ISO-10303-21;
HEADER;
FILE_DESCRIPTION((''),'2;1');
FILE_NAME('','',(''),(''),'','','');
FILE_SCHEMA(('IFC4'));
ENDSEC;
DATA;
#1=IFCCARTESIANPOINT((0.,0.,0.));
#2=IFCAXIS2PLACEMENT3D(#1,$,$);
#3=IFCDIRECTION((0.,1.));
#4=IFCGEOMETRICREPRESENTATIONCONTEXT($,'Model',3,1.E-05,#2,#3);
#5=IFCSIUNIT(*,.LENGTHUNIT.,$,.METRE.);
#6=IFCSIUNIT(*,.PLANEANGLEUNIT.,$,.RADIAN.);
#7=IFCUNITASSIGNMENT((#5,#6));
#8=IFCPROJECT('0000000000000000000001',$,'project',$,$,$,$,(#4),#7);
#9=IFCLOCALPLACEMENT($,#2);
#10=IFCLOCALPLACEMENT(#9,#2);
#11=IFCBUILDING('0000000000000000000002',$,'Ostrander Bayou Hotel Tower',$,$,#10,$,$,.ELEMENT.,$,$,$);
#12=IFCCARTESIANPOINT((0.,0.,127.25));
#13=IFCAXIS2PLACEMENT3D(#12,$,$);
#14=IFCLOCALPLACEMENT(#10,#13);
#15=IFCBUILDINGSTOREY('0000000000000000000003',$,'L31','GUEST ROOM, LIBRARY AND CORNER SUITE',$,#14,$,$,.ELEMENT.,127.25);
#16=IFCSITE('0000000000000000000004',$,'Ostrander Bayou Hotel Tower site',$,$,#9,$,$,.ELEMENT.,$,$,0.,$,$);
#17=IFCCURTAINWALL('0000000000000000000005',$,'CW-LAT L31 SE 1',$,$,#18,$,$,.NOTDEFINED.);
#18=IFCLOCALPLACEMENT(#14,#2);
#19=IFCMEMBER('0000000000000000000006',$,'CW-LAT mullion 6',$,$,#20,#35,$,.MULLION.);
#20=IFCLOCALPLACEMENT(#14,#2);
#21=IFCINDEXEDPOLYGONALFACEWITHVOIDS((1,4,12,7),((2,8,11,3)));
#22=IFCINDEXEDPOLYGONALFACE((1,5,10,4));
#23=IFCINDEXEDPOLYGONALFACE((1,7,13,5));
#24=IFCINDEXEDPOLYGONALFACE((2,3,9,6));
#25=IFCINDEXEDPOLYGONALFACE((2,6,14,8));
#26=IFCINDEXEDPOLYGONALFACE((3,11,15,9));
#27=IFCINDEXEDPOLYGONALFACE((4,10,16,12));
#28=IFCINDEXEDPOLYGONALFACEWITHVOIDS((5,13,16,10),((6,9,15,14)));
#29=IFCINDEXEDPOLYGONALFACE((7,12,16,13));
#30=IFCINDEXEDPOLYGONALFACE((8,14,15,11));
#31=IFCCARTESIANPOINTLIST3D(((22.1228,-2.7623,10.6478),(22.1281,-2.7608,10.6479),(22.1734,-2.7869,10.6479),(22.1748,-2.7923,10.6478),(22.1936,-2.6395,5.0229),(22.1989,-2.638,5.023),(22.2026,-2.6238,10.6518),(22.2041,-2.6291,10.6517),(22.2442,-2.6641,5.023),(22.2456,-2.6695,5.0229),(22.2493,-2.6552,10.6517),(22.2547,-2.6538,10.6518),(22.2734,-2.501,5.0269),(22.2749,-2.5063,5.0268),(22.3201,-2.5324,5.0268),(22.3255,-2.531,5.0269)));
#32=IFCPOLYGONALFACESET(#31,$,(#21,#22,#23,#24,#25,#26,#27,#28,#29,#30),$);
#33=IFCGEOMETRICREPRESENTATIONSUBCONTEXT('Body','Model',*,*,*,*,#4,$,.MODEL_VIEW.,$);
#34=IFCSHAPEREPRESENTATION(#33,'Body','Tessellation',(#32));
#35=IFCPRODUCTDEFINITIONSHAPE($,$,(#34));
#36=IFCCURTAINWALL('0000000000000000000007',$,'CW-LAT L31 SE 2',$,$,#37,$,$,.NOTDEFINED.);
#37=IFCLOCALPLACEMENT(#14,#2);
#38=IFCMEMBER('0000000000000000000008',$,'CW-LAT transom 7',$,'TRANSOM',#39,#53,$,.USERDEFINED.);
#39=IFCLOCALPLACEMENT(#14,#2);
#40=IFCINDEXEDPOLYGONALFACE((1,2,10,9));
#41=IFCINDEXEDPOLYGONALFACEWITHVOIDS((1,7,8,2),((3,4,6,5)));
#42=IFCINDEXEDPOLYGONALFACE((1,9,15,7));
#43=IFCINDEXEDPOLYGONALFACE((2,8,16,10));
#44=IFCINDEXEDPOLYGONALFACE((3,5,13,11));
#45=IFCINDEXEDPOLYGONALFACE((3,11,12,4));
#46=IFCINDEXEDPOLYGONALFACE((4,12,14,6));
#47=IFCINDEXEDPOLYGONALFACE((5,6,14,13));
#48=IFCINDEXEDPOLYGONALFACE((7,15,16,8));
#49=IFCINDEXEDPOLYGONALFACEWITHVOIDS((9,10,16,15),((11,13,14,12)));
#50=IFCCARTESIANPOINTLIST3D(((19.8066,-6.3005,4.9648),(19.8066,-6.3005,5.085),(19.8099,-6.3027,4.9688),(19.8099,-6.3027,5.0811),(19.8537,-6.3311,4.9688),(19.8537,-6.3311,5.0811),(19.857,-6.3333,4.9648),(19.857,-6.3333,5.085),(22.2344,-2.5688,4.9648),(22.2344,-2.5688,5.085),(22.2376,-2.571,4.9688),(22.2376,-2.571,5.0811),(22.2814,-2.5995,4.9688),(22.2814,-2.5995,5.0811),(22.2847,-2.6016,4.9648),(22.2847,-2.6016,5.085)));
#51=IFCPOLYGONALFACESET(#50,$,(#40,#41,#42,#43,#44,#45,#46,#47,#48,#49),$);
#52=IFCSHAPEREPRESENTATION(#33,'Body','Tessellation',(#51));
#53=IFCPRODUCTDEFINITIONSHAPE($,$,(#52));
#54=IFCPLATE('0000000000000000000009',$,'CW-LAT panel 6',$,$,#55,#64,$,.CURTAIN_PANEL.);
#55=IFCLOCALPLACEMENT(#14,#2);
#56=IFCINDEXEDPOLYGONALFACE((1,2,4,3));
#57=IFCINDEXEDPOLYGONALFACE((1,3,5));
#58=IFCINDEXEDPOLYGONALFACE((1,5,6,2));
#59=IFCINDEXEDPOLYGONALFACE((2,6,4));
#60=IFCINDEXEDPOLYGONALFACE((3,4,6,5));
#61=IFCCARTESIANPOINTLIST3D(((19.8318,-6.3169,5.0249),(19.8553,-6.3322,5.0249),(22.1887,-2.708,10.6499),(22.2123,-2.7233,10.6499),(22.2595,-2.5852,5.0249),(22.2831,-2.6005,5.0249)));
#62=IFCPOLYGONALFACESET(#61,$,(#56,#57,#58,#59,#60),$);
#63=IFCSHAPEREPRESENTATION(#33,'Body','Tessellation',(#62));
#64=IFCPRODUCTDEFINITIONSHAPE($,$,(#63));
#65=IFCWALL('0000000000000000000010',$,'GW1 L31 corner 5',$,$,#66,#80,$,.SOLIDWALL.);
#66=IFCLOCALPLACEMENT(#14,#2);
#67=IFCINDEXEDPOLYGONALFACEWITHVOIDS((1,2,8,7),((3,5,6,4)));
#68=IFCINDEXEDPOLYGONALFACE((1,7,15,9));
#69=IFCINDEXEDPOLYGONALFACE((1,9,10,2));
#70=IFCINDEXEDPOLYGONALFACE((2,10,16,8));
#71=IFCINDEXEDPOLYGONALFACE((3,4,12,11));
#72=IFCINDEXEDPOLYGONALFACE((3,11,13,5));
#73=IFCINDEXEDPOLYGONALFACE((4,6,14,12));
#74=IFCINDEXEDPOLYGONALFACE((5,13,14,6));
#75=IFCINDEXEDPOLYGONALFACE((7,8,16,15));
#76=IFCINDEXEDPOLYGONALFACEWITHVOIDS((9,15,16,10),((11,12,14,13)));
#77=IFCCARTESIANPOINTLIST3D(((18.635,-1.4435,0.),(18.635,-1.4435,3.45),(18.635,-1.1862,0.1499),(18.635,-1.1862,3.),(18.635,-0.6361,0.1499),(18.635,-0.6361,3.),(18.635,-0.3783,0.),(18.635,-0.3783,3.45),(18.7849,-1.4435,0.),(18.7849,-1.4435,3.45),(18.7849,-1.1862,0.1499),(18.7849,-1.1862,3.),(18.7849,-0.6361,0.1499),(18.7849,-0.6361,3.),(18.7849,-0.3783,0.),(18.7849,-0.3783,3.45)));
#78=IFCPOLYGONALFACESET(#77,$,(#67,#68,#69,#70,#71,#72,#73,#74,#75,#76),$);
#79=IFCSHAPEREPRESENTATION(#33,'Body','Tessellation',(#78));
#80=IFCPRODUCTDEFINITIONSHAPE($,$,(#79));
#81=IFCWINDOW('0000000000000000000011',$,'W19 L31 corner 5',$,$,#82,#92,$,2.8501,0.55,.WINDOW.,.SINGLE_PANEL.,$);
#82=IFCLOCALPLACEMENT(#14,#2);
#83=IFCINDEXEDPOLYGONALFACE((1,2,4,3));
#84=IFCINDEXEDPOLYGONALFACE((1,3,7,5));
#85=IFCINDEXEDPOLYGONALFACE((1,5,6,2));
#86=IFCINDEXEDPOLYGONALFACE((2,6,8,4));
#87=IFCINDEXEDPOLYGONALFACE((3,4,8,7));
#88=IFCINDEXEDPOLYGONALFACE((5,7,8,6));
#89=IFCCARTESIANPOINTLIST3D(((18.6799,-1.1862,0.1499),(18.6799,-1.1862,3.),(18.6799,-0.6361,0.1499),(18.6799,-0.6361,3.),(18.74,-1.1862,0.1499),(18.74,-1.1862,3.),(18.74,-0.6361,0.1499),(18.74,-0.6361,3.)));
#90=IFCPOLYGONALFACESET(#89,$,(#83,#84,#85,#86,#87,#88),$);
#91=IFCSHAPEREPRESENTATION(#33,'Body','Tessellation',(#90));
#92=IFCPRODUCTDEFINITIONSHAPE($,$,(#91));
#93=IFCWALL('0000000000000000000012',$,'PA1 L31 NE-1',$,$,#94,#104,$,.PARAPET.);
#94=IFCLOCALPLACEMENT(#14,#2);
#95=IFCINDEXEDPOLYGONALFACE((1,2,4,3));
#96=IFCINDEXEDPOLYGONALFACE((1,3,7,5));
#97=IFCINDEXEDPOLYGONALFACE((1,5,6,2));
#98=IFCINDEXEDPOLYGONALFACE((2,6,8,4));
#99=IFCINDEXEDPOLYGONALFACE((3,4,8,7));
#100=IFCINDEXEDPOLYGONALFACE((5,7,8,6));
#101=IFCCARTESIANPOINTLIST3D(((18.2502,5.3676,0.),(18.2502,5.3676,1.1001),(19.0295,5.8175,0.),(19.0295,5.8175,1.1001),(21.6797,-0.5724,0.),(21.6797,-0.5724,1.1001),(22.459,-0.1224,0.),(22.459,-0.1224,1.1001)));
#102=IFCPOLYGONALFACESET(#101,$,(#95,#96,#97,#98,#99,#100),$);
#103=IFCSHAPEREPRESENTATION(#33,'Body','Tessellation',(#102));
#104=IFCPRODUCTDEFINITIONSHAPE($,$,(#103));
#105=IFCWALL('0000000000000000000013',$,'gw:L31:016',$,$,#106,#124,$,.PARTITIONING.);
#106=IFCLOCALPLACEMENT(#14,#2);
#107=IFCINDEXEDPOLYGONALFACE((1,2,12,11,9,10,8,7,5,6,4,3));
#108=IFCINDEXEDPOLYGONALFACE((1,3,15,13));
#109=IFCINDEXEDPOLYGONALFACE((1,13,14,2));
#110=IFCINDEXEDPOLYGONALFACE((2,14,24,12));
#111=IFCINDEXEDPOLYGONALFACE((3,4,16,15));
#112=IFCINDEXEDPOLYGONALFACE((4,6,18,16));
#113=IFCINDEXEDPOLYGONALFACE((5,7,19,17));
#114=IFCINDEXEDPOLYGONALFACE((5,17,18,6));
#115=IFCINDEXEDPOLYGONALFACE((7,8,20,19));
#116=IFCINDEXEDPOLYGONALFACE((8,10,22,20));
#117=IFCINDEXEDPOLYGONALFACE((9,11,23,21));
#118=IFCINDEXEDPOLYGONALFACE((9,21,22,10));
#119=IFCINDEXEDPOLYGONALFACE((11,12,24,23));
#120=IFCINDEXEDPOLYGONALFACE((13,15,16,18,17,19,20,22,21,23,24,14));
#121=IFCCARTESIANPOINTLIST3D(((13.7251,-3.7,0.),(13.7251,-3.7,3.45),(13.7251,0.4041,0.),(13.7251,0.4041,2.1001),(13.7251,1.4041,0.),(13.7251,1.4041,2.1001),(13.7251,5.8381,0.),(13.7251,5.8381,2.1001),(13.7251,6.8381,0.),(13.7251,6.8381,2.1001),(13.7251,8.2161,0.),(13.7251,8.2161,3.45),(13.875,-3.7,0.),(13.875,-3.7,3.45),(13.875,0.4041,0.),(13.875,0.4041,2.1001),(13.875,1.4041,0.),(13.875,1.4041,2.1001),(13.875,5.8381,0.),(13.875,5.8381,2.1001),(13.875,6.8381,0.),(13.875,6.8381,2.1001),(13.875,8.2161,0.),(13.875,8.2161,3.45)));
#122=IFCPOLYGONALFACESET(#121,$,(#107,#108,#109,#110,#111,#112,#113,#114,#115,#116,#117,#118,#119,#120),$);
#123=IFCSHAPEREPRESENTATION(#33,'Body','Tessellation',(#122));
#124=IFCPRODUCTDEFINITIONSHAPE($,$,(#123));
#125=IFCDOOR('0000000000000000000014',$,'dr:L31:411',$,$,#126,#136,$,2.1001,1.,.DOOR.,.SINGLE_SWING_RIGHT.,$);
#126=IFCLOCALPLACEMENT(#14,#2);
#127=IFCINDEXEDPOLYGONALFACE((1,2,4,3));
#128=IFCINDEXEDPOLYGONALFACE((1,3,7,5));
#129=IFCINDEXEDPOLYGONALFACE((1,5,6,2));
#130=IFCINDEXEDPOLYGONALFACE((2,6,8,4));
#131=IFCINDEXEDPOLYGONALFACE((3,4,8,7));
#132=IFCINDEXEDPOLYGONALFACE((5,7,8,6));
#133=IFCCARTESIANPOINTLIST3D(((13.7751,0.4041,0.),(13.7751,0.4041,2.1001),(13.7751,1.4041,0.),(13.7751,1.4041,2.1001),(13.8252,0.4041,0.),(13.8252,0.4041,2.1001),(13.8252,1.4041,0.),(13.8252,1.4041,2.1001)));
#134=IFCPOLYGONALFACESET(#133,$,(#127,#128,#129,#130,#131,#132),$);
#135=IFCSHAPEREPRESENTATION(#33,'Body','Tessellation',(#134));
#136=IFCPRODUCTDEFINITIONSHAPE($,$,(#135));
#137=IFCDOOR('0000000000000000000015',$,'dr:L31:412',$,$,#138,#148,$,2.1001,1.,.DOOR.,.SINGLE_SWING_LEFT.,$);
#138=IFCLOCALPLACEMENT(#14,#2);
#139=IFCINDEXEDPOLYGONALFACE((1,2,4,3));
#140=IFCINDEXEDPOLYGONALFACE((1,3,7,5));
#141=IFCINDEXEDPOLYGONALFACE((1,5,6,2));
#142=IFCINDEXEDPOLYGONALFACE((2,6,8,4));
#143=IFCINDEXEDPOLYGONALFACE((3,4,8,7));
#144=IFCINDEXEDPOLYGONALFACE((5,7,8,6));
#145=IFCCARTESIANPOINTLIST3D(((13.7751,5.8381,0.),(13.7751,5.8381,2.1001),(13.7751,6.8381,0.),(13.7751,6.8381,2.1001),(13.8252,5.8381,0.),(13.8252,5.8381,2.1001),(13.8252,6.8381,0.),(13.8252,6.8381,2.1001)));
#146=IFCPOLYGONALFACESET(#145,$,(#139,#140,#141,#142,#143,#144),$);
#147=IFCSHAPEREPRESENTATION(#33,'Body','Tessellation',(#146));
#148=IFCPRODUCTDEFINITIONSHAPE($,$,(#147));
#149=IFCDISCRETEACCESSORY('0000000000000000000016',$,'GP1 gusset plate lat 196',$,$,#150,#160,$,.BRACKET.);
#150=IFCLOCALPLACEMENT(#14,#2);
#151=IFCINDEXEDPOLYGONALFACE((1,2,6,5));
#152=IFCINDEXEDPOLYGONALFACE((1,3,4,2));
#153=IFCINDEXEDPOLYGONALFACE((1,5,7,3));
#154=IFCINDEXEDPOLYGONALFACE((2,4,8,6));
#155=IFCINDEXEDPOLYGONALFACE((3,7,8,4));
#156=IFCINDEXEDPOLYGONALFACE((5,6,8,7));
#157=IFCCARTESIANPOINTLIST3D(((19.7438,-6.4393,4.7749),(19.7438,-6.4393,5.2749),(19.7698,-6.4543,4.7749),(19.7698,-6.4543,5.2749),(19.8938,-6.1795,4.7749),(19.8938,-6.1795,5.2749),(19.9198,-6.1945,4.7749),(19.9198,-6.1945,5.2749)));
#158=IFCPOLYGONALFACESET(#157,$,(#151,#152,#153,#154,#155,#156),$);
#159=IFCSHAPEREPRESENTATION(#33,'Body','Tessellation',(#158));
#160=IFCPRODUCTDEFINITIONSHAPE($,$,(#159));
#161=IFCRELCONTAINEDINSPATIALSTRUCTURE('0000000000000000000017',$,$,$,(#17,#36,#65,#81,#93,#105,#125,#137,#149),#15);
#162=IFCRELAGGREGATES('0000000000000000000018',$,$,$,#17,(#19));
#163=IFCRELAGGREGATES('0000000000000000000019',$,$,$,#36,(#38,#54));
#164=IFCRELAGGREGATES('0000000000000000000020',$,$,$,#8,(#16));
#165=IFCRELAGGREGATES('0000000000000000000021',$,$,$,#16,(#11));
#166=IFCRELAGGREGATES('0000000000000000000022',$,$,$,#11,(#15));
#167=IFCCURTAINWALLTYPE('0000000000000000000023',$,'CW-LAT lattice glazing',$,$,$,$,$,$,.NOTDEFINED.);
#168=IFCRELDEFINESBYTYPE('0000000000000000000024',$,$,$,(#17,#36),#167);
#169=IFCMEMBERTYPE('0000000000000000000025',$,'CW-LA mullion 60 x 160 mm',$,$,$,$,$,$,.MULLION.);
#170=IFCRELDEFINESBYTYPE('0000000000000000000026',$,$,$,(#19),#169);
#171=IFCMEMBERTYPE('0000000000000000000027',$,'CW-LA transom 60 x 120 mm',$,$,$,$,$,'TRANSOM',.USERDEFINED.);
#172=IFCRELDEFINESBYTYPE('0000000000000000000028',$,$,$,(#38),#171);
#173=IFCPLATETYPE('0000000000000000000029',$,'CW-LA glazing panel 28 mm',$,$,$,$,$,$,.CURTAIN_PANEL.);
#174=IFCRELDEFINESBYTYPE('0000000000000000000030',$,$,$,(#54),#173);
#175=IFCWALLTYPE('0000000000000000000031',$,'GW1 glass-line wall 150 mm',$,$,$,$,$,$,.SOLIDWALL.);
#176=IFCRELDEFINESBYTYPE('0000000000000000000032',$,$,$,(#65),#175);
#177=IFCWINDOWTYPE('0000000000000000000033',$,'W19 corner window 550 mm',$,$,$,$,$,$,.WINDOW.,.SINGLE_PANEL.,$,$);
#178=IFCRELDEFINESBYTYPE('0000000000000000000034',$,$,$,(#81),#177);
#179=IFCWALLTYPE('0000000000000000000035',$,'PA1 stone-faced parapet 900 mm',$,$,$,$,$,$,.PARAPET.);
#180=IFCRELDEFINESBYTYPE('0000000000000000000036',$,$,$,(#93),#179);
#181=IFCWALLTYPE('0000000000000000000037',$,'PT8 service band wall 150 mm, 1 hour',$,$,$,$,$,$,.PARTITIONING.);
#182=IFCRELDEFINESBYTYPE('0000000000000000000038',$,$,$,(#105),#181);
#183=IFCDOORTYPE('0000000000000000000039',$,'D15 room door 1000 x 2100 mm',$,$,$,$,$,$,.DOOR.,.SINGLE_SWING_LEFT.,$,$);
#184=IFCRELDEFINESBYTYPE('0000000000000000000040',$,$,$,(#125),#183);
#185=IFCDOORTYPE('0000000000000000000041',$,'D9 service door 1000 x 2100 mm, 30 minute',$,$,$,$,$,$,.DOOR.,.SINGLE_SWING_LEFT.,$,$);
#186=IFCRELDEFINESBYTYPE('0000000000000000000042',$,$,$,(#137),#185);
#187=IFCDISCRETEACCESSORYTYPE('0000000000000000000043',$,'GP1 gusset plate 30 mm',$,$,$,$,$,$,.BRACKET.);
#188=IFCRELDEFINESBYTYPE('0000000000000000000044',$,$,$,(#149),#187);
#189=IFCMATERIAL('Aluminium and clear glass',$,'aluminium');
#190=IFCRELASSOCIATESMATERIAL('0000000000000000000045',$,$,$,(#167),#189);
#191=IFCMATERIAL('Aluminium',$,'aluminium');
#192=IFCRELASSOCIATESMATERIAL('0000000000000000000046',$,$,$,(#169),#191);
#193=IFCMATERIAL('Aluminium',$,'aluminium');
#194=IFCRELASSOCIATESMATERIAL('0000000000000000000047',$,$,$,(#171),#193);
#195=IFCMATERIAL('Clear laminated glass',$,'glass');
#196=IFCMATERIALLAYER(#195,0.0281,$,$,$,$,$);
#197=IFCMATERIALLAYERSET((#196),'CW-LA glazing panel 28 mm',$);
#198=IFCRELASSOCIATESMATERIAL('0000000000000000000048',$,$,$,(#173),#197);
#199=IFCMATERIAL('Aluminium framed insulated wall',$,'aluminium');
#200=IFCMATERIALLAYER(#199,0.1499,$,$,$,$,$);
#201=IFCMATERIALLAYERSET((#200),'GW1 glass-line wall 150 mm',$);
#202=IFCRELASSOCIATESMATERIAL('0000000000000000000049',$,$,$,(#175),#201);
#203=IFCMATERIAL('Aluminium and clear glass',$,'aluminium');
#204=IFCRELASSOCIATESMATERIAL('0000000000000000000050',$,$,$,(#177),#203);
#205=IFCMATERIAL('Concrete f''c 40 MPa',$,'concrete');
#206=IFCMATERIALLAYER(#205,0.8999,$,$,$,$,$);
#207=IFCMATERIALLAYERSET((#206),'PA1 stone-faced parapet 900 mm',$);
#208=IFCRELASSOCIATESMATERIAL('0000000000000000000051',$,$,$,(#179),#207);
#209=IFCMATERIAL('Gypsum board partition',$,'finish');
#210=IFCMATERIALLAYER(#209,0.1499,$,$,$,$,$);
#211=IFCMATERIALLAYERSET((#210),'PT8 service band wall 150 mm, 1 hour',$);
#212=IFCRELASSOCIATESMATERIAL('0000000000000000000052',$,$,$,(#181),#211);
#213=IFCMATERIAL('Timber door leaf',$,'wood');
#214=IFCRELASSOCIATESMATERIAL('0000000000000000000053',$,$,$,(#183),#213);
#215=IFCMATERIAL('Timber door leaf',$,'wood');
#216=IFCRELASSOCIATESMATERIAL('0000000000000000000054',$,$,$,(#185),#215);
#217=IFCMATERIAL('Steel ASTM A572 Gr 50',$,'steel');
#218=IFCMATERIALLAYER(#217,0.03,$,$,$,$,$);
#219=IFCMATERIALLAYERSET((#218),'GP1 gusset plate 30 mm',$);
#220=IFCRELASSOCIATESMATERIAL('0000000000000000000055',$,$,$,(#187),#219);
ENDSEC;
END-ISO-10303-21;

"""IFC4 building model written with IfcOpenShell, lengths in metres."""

from ifc_helpers import new_model, si_unit, direction, frame, frame_2d, origin, origin_2d, place, context, subcontext, project, spatial, polyline, rectangle, hollow_rectangle, outline, extrude, material, layer, layer_set, material_profile, profile_set, type_object, element, fill, aggregate, save


model = new_model("IFC4")

# Units and contexts
model_context = context("Model", 3, precision=1e-05, world=origin(), true_north=direction((0.0, 1.0)))
body_context = subcontext(model_context, "Body", "Model", "MODEL_VIEW")
ifc_project = project(units=[si_unit("LENGTHUNIT", "METRE"), si_unit("PLANEANGLEUNIT", "RADIAN")], contexts=[model_context])

# Site, building, storey
site_placement = place(None, origin())
site = spatial("IfcSite", under=ifc_project, at=site_placement, Name="Ostrander Bayou Hotel Tower site", CompositionType="ELEMENT", RefElevation=0.0)
building_placement = place(site_placement, origin())
building = spatial("IfcBuilding", under=site, at=building_placement, Name="Ostrander Bayou Hotel Tower", CompositionType="ELEMENT")
storey_placement = place(building_placement, frame((0.0, 0.0, 127.25)))
storey = spatial("IfcBuildingStorey", under=building, at=storey_placement, Name="L31", Description="GUEST ROOM, LIBRARY AND CORNER SUITE", CompositionType="ELEMENT", Elevation=127.25)

# Curtain wall, member
ifc_material_1 = material(Name="Aluminium and clear glass", Category="aluminium")
curtain_wall_type = type_object("IfcCurtainWallType", Name="CW-LAT lattice glazing", PredefinedType="NOTDEFINED", material=ifc_material_1)
curtain_wall_1_placement = place(storey_placement, origin())
curtain_wall_1 = element("IfcCurtainWall", 1, at=curtain_wall_1_placement, inside=storey, type_object=curtain_wall_type, Name="CW-LAT L31 SE 1", PredefinedType="NOTDEFINED")
ifc_material_2 = material(Name="Aluminium", Category="aluminium")
ifc_material_profile_1 = material_profile(ifc_material_2, hollow_rectangle(XDim=0.0601, YDim=0.1599, WallThickness=0.0039, at=origin_2d()))
ifc_profile_set_1 = profile_set([ifc_material_profile_1], Name="Aluminium")
member_type_1 = type_object("IfcMemberType", Name="CW-LA mullion 60 x 160 mm", PredefinedType="MULLION", material=ifc_profile_set_1)
member_1_placement = place(storey_placement, frame((22.2595, -2.5852, 5.0249), z_axis=(-0.012583, -0.021825, 0.999683), x_axis=(0.866329, -0.499474, 0.0)))
member_1 = element("IfcMember", 2, at=member_1_placement, type_object=member_type_1, Name="CW-LAT mullion 6", PredefinedType="MULLION", context=body_context, shape_type="SweptSolid", body=[
    extrude(hollow_rectangle(XDim=0.0601, YDim=0.1599, WallThickness=0.0039, at=origin_2d()), origin(), (0.0, 0.0, 1.0), 5.6267),
])
aggregate(curtain_wall_1, [member_1])

# Curtain wall, member, plate
curtain_wall_2_placement = place(storey_placement, origin())
curtain_wall_2 = element("IfcCurtainWall", 3, at=curtain_wall_2_placement, inside=storey, type_object=curtain_wall_type, Name="CW-LAT L31 SE 2", PredefinedType="NOTDEFINED")
ifc_material_3 = material(Name="Aluminium", Category="aluminium")
ifc_material_profile_2 = material_profile(ifc_material_3, hollow_rectangle(XDim=0.0601, YDim=0.1201, WallThickness=0.0039, at=origin_2d()))
ifc_profile_set_2 = profile_set([ifc_material_profile_2], Name="Aluminium")
member_type_2 = type_object("IfcMemberType", Name="CW-LA transom 60 x 120 mm", ElementType="TRANSOM", PredefinedType="USERDEFINED", material=ifc_profile_set_2)
member_2_placement = place(storey_placement, frame((22.2595, -2.5852, 5.0249), z_axis=(-0.545326, -0.838224, 0.0), x_axis=(0.838224, -0.545326, 0.0)))
member_2 = element("IfcMember", 4, at=member_2_placement, type_object=member_type_2, Name="CW-LAT transom 7", ObjectType="TRANSOM", PredefinedType="USERDEFINED", context=body_context, shape_type="SweptSolid", body=[
    extrude(hollow_rectangle(XDim=0.0601, YDim=0.1201, WallThickness=0.0039, at=origin_2d()), origin(), (0.0, 0.0, 1.0), 4.4519),
])
ifc_material_4 = material(Name="Clear laminated glass", Category="glass")
ifc_layer_1 = layer(ifc_material_4, 0.0281)
ifc_layer_set_1 = layer_set([ifc_layer_1], Name="CW-LA glazing panel 28 mm")
plate_type = type_object("IfcPlateType", Name="CW-LA glazing panel 28 mm", PredefinedType="CURTAIN_PANEL", material=ifc_layer_set_1)
plate_placement = place(storey_placement, frame((19.8318, -6.3169, 5.0249), z_axis=(-0.838224, 0.545325, 0.001355), x_axis=(0.33259, 0.509255, 0.793752)))
plate = element("IfcPlate", 5, at=plate_placement, type_object=plate_type, Name="CW-LAT panel 6", PredefinedType="CURTAIN_PANEL", context=body_context, shape_type="SweptSolid", body=[
    extrude(outline(polyline([(0.0, 0.0), (7.0866, 0.0), (2.7078, 3.5337), (0.0, 0.0)])), origin(), (0.0, 0.0, -1.0), 0.0281),
])
aggregate(curtain_wall_2, [member_2, plate])

# Shared definitions
ifc_material_5 = material(Name="Aluminium framed insulated wall", Category="aluminium")
ifc_layer_2 = layer(ifc_material_5, 0.1499)
ifc_layer_set_2 = layer_set([ifc_layer_2], Name="GW1 glass-line wall 150 mm")
wall_type_1 = type_object("IfcWallType", Name="GW1 glass-line wall 150 mm", PredefinedType="SOLIDWALL", material=ifc_layer_set_2)

# Wall, opening, window
wall_1_placement = place(storey_placement, frame((18.71, -1.4436, 0.0), z_axis=(0.0, 0.0, 1.0), x_axis=(0.0, 1.0, 0.0)))
wall_1 = element("IfcWall", 6, at=wall_1_placement, inside=storey, type_object=wall_type_1, Name="GW1 L31 corner 5", PredefinedType="SOLIDWALL", context=body_context, shape_type="SweptSolid", body=[
    extrude(rectangle(XDim=1.0652, YDim=0.1499, at=frame_2d((0.5327, 0.0))), origin(), (0.0, 0.0, 1.0), 3.45),
])
opening_1_placement = place(wall_1_placement, frame((0.2576, 0.0, 0.1499)))
opening_1 = element("IfcOpeningElement", 7, at=opening_1_placement, cuts=wall_1, PredefinedType="OPENING", context=body_context, shape_type="SweptSolid", body=[
    extrude(rectangle(XDim=0.55, YDim=2.8501, at=frame_2d((0.2749, 1.425))), frame((0.0, 0.075, 0.0), z_axis=(0.0, -1.0, 0.0), x_axis=(1.0, 0.0, 0.0)), (0.0, 0.0, 1.0), 0.1499),
])
ifc_material_6 = material(Name="Aluminium and clear glass", Category="aluminium")
window_type_1 = type_object("IfcWindowType", Name="W19 corner window 550 mm", PartitioningType="SINGLE_PANEL", PredefinedType="WINDOW", material=ifc_material_6)
window_1_placement = place(opening_1_placement, origin())
window_1 = element("IfcWindow", 8, at=window_1_placement, inside=storey, type_object=window_type_1, Name="W19 L31 corner 5", OverallHeight=2.8501, OverallWidth=0.55, PartitioningType="SINGLE_PANEL", PredefinedType="WINDOW", context=body_context, shape_type="SweptSolid", body=[
    extrude(rectangle(XDim=0.55, YDim=2.8501, at=frame_2d((0.2749, 1.425))), frame((0.0, 0.03, 0.0), z_axis=(0.0, -1.0, 0.0), x_axis=(1.0, 0.0, 0.0)), (0.0, 0.0, 1.0), 0.0601),
])
fill(opening_1, window_1)

# Wall
ifc_material_7 = material(Name="Concrete f'c 40 MPa", Category="concrete")
ifc_layer_3 = layer(ifc_material_7, 0.8999)
ifc_layer_set_3 = layer_set([ifc_layer_3], Name="PA1 stone-faced parapet 900 mm")
wall_type_2 = type_object("IfcWallType", Name="PA1 stone-faced parapet 900 mm", PredefinedType="PARAPET", material=ifc_layer_set_3)
wall_2_placement = place(storey_placement, frame((22.0693, -0.3474, 0.0), z_axis=(0.0, 0.0, 1.0), x_axis=(-0.500002, 0.866024, 0.0)))
element("IfcWall", 9, at=wall_2_placement, inside=storey, type_object=wall_type_2, Name="PA1 L31 NE-1", PredefinedType="PARAPET", context=body_context, shape_type="SweptSolid", body=[
    extrude(rectangle(XDim=6.8589, YDim=0.8999, at=frame_2d((3.4294, 0.0))), origin(), (0.0, 0.0, 1.0), 1.1001),
])

# Wall, openings, doors
ifc_material_8 = material(Name="Gypsum board partition", Category="finish")
ifc_layer_4 = layer(ifc_material_8, 0.1499)
ifc_layer_set_4 = layer_set([ifc_layer_4], Name="PT8 service band wall 150 mm, 1 hour")
wall_type_3 = type_object("IfcWallType", Name="PT8 service band wall 150 mm, 1 hour", PredefinedType="PARTITIONING", material=ifc_layer_set_4)
wall_3_placement = place(storey_placement, frame((13.8, -3.7, 0.0), z_axis=(0.0, 0.0, 1.0), x_axis=(0.0, 1.0, 0.0)))
wall_3 = element("IfcWall", 10, at=wall_3_placement, inside=storey, type_object=wall_type_3, Name="gw:L31:016", PredefinedType="PARTITIONING", context=body_context, shape_type="SweptSolid", body=[
    extrude(rectangle(XDim=11.916, YDim=0.1499, at=frame_2d((5.958, 0.0))), origin(), (0.0, 0.0, 1.0), 3.45),
])
opening_2_placement = place(wall_3_placement, frame((4.104, 0.0, 0.0)))
opening_2 = element("IfcOpeningElement", 11, at=opening_2_placement, cuts=wall_3, PredefinedType="OPENING", context=body_context, shape_type="SweptSolid", body=[
    extrude(rectangle(XDim=1.0, YDim=2.1001, at=frame_2d((0.5, 1.05))), frame((0.0, 0.075, 0.0), z_axis=(0.0, -1.0, 0.0), x_axis=(1.0, 0.0, 0.0)), (0.0, 0.0, 1.0), 0.1499),
])
opening_3_placement = place(wall_3_placement, frame((9.5381, 0.0, 0.0)))
opening_3 = element("IfcOpeningElement", 12, at=opening_3_placement, cuts=wall_3, PredefinedType="OPENING", context=body_context, shape_type="SweptSolid", body=[
    extrude(rectangle(XDim=1.0, YDim=2.1001, at=frame_2d((0.5, 1.05))), frame((0.0, 0.075, 0.0), z_axis=(0.0, -1.0, 0.0), x_axis=(1.0, 0.0, 0.0)), (0.0, 0.0, 1.0), 0.1499),
])
ifc_material_9 = material(Name="Timber door leaf", Category="wood")
door_type_1 = type_object("IfcDoorType", Name="D15 room door 1000 x 2100 mm", OperationType="SINGLE_SWING_LEFT", PredefinedType="DOOR", material=ifc_material_9)
door_1_placement = place(opening_2_placement, origin())
door_1 = element("IfcDoor", 13, at=door_1_placement, inside=storey, type_object=door_type_1, Name="dr:L31:411", OperationType="SINGLE_SWING_RIGHT", OverallHeight=2.1001, OverallWidth=1.0, PredefinedType="DOOR", context=body_context, shape_type="SweptSolid", body=[
    extrude(rectangle(XDim=1.0, YDim=2.1001, at=frame_2d((0.5, 1.05))), frame((0.0, 0.0249, 0.0), z_axis=(0.0, -1.0, 0.0), x_axis=(1.0, 0.0, 0.0)), (0.0, 0.0, 1.0), 0.05),
])
fill(opening_2, door_1)
ifc_material_10 = material(Name="Timber door leaf", Category="wood")
door_type_2 = type_object("IfcDoorType", Name="D9 service door 1000 x 2100 mm, 30 minute", OperationType="SINGLE_SWING_LEFT", PredefinedType="DOOR", material=ifc_material_10)
door_2_placement = place(opening_3_placement, origin())
door_2 = element("IfcDoor", 14, at=door_2_placement, inside=storey, type_object=door_type_2, Name="dr:L31:412", OperationType="SINGLE_SWING_LEFT", OverallHeight=2.1001, OverallWidth=1.0, PredefinedType="DOOR", context=body_context, shape_type="SweptSolid", body=[
    extrude(rectangle(XDim=1.0, YDim=2.1001, at=frame_2d((0.5, 1.05))), frame((0.0, 0.0249, 0.0), z_axis=(0.0, -1.0, 0.0), x_axis=(1.0, 0.0, 0.0)), (0.0, 0.0, 1.0), 0.05),
])
fill(opening_3, door_2)

# Discrete accessory
ifc_material_11 = material(Name="Steel ASTM A572 Gr 50", Category="steel")
ifc_layer_5 = layer(ifc_material_11, 0.03)
ifc_layer_set_5 = layer_set([ifc_layer_5], Name="GP1 gusset plate 30 mm")
discrete_accessory_type = type_object("IfcDiscreteAccessoryType", Name="GP1 gusset plate 30 mm", PredefinedType="BRACKET", material=ifc_layer_set_5)
for number, where, z_axis, x_axis, name in (
    (15, (19.8318, -6.3169, 4.7749), (0.0, 0.0, 1.0), (0.5, 0.866025, 0.0), "GP1 gusset plate lat 196"),
):
    element("IfcDiscreteAccessory", number, at=place(storey_placement, frame(where, z_axis=z_axis, x_axis=x_axis)), inside=storey, type_object=discrete_accessory_type, Name=name, PredefinedType="BRACKET", context=body_context, shape_type="SweptSolid", body=[
        extrude(rectangle(XDim=0.3, YDim=0.03, at=origin_2d()), origin(), (0.0, 0.0, 1.0), 0.5),
    ])

save(model, "model.ifc")
